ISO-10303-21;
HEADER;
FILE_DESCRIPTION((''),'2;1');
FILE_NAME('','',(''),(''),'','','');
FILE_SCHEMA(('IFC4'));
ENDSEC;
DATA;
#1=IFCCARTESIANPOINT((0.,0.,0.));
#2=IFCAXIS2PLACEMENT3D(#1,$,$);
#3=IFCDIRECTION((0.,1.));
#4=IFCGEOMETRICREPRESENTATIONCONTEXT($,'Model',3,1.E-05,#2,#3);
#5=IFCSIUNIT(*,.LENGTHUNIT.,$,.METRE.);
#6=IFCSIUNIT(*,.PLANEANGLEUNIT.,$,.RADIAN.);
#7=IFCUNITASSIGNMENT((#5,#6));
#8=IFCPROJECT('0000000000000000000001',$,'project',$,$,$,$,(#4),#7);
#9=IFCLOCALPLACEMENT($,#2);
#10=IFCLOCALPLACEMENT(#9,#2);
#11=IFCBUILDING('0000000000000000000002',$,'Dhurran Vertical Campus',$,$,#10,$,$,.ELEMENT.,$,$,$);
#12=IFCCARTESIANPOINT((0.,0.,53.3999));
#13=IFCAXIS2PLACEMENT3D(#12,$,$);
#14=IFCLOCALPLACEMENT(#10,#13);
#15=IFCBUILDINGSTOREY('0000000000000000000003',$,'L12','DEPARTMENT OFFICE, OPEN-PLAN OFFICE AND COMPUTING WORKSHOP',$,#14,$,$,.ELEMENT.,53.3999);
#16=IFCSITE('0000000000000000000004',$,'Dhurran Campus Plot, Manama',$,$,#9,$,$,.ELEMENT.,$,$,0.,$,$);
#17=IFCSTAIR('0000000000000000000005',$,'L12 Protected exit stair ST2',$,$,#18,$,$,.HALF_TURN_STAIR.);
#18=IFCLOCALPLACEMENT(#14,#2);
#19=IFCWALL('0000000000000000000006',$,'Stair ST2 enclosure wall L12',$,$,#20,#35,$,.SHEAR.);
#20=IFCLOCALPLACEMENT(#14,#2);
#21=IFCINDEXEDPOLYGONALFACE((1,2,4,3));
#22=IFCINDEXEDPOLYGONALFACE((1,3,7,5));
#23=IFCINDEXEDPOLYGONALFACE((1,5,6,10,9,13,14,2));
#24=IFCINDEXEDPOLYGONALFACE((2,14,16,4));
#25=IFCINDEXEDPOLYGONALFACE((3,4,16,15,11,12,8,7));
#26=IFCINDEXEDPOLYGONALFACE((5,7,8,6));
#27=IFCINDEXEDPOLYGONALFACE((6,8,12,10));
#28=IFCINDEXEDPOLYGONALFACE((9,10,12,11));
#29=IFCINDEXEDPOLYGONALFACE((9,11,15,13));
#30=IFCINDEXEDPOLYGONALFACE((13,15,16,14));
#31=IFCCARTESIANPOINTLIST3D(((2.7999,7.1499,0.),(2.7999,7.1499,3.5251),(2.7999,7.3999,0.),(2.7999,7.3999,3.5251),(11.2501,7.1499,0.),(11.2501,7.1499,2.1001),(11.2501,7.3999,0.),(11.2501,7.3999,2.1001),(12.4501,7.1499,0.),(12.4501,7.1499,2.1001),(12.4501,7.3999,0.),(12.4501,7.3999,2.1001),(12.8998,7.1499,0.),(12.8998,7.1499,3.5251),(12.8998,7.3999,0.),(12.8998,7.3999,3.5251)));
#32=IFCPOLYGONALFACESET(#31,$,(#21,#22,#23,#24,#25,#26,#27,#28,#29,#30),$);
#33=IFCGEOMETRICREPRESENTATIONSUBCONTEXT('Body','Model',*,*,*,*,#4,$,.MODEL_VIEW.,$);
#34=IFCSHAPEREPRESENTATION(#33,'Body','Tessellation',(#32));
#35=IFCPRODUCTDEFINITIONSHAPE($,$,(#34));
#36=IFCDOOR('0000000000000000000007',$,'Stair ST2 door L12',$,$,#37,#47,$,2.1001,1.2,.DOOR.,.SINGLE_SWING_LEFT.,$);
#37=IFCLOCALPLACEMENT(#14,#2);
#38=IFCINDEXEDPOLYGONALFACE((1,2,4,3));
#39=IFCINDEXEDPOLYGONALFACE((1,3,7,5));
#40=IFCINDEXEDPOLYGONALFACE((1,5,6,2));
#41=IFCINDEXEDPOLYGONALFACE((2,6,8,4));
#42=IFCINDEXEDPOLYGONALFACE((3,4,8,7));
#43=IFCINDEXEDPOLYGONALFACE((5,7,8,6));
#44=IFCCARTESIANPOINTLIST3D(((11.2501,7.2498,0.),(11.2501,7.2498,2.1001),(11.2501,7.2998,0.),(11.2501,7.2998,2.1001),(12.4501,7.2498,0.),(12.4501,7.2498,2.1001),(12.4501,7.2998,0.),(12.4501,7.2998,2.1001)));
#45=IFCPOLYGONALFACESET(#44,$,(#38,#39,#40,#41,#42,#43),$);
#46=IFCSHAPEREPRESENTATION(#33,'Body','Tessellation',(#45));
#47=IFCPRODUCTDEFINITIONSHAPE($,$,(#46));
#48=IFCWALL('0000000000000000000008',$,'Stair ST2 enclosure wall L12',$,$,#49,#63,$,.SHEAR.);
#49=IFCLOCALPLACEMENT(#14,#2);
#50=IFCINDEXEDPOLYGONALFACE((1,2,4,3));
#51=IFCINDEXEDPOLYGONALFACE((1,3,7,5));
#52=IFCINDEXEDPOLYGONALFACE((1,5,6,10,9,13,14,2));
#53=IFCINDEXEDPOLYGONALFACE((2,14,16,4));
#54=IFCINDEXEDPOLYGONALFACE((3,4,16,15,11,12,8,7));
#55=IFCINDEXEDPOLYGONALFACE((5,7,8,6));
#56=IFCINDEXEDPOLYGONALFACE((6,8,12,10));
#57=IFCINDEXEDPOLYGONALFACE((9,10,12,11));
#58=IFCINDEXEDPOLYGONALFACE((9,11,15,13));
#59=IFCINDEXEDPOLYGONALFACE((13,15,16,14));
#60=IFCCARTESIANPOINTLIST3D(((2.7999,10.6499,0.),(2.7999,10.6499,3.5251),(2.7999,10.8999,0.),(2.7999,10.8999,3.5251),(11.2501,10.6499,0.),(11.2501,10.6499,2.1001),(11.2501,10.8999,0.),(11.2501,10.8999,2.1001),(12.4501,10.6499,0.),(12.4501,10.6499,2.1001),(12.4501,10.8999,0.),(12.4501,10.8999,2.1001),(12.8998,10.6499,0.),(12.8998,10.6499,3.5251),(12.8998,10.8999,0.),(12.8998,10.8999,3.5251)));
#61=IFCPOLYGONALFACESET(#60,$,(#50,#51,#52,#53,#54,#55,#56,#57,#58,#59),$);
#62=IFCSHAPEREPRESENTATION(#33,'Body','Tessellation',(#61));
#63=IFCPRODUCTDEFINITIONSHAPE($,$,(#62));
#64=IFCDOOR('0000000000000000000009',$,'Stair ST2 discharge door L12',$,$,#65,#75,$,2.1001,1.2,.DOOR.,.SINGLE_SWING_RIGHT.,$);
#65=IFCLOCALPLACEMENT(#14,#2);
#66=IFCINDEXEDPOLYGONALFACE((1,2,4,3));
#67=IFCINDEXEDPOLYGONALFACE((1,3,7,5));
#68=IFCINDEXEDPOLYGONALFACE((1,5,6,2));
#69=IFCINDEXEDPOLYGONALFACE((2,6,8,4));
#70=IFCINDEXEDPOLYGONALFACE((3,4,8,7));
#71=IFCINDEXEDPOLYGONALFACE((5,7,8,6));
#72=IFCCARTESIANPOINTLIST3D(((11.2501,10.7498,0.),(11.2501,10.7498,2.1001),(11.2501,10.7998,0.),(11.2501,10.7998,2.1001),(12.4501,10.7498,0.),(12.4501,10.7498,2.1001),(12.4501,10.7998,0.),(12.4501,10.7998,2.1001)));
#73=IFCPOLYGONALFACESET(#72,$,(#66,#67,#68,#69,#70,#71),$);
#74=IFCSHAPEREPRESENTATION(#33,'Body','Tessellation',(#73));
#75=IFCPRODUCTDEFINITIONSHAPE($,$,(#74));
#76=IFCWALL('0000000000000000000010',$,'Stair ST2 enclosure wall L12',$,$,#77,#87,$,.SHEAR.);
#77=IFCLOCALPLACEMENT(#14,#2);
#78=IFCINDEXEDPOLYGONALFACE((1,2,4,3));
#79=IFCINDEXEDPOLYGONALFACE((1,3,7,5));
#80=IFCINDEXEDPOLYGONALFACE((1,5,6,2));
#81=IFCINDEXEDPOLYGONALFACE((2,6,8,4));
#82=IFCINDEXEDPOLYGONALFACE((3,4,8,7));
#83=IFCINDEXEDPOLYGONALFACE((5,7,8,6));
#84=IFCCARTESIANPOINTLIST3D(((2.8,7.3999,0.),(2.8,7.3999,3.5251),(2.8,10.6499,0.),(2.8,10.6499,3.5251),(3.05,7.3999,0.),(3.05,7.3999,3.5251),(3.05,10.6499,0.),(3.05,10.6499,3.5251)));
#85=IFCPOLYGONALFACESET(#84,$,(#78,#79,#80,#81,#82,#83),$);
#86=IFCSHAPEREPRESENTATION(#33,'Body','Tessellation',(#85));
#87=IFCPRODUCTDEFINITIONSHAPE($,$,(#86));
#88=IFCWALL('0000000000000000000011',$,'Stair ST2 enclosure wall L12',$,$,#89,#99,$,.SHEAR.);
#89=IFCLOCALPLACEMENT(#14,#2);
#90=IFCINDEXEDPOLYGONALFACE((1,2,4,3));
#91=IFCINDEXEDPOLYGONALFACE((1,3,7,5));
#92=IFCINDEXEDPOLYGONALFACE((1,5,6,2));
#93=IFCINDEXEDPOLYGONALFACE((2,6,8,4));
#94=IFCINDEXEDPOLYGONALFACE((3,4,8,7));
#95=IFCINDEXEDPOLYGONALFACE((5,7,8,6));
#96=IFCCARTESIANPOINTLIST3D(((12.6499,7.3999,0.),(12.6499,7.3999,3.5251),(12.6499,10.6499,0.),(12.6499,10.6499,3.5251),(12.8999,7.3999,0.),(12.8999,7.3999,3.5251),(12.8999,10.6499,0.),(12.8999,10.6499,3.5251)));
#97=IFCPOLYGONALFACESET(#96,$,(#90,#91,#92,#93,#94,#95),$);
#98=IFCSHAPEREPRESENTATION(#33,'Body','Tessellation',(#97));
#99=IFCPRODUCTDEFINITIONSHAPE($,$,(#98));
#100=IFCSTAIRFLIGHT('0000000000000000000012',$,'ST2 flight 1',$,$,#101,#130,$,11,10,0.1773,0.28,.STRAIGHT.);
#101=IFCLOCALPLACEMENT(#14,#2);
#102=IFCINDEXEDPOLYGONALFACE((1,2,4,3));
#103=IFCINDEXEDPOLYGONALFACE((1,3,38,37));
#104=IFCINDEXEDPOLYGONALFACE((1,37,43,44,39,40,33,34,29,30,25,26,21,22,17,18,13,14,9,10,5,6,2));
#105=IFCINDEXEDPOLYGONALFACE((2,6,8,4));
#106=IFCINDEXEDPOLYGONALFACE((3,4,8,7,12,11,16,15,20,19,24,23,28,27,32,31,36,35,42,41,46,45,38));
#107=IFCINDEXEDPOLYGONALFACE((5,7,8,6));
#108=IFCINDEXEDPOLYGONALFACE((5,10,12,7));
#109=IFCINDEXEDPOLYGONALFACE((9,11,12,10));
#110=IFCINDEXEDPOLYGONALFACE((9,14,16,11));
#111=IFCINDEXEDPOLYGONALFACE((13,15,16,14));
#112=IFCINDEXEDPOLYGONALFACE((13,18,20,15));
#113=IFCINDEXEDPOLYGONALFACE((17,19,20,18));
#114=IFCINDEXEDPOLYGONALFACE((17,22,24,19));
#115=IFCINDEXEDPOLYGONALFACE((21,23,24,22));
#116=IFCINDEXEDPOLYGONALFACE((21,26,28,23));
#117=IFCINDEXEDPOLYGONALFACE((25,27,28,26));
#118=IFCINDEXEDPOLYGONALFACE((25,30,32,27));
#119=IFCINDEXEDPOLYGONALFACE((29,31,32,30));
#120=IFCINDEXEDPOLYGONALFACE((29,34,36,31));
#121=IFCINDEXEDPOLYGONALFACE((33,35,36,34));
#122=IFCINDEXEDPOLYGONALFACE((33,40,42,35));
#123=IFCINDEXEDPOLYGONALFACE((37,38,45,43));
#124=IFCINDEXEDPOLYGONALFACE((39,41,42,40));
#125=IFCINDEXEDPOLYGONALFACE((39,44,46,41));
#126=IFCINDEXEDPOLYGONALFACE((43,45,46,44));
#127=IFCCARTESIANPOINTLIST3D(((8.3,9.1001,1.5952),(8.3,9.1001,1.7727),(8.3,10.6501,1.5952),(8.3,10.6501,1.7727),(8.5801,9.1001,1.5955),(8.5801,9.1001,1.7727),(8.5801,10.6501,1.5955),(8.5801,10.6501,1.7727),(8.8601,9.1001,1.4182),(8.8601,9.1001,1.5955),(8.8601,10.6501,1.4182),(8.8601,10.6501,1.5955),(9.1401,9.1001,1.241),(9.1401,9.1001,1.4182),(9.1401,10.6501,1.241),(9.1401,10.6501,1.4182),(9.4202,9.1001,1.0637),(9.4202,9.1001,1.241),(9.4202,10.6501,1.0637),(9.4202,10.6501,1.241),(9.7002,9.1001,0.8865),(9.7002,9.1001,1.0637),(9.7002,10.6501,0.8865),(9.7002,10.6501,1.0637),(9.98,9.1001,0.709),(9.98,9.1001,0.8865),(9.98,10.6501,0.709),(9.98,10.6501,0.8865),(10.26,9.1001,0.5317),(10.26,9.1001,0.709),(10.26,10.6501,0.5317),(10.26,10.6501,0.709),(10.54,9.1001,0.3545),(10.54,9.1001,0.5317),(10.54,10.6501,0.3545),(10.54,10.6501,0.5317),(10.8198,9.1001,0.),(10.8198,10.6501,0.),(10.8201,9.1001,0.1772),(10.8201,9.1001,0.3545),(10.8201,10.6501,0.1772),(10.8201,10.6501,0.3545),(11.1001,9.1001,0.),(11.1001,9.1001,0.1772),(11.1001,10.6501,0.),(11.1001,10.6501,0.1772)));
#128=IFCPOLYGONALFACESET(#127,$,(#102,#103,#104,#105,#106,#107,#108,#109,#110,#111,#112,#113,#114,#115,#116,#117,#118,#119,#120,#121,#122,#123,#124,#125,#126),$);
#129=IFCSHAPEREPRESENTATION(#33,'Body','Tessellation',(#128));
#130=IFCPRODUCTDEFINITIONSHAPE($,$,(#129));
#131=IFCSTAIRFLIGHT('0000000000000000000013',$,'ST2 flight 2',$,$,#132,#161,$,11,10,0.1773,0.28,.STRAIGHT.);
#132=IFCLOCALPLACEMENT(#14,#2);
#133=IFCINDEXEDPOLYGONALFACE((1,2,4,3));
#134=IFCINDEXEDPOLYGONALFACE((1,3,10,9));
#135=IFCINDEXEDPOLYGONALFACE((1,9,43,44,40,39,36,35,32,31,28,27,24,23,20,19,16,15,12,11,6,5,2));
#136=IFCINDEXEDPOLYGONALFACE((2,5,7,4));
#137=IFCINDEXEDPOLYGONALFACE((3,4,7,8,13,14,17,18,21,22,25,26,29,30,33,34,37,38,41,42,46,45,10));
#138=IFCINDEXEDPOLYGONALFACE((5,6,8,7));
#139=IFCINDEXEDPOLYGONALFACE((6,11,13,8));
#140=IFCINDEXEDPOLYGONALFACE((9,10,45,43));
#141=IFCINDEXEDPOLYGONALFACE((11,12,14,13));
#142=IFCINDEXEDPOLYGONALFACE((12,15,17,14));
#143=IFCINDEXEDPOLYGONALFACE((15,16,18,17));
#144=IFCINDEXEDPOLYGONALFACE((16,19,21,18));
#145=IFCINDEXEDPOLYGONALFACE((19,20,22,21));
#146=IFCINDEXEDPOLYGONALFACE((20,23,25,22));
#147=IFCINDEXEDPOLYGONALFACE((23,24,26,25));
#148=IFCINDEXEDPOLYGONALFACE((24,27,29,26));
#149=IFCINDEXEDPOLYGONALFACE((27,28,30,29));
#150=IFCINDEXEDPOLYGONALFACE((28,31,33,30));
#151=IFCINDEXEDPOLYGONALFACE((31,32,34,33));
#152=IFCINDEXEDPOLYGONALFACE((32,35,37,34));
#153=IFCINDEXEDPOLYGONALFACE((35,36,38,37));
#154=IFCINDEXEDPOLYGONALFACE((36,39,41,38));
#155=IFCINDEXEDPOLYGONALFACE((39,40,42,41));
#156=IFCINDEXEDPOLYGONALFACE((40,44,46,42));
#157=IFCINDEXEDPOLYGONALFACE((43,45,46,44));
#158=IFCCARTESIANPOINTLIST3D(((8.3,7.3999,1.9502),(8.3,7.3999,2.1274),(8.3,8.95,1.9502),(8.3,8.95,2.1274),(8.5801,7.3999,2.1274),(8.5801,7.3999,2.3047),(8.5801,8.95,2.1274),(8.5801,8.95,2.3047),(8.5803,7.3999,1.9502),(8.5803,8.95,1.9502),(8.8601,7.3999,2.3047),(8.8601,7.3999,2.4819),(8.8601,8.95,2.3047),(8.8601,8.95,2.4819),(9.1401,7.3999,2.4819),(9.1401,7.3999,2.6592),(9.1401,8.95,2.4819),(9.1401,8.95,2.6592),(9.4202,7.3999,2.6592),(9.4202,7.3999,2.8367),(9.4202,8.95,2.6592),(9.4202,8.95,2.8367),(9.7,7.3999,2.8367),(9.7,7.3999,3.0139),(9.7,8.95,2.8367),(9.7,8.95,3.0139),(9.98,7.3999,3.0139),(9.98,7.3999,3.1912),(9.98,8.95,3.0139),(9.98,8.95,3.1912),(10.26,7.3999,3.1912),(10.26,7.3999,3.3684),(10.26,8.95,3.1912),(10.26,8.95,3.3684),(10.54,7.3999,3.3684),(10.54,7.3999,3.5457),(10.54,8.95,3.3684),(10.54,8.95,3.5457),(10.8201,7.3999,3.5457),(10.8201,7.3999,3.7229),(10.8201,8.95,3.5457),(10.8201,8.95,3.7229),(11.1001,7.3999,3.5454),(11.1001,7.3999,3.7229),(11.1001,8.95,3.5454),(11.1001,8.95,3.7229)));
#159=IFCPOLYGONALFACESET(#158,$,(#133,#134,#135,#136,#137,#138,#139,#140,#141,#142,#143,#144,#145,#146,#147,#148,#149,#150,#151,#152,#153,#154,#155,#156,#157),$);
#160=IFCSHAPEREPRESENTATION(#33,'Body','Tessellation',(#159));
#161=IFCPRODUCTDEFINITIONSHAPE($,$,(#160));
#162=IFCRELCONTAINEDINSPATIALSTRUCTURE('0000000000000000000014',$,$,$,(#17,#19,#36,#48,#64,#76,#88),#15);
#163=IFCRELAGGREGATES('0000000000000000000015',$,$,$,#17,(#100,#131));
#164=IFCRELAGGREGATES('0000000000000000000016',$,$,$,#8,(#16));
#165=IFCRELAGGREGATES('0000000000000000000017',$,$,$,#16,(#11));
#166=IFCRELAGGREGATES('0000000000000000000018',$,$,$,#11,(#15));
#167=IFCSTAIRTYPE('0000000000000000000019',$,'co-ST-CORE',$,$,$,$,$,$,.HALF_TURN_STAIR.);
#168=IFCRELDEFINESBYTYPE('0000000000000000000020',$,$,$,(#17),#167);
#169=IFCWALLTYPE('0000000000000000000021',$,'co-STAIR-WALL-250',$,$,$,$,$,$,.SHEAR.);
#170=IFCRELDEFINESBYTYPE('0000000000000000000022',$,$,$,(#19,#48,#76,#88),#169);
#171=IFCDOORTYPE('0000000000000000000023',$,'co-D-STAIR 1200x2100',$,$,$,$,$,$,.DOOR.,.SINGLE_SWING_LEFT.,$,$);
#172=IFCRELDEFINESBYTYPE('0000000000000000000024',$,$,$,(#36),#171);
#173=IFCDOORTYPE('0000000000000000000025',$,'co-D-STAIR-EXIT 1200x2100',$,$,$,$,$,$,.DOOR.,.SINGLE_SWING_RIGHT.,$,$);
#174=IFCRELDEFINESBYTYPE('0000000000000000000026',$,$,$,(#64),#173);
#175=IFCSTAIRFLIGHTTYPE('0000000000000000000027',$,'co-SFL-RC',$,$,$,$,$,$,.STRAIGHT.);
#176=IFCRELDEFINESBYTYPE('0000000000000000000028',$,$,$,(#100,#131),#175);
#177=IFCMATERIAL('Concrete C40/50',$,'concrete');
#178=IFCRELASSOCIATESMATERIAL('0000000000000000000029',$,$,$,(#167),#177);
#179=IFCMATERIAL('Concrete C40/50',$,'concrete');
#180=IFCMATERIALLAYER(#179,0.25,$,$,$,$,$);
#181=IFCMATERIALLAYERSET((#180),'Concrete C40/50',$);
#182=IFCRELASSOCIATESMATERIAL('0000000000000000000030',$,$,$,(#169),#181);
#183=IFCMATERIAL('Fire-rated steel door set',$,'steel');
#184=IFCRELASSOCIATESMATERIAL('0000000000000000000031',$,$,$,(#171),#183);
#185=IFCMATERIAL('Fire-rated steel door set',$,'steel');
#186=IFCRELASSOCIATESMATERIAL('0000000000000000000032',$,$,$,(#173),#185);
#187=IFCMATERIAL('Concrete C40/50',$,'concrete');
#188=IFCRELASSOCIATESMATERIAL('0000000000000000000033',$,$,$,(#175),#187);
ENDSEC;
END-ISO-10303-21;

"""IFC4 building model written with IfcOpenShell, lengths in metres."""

from ifc_helpers import new_model, si_unit, direction, frame, frame_2d, origin, place, context, subcontext, project, spatial, polyline, rectangle, outline, extrude, material, layer, layer_set, type_object, element, fill, aggregate, save


model = new_model("IFC4")

# Units and contexts
model_context = context("Model", 3, precision=1e-05, world=origin(), true_north=direction((0.0, 1.0)))
body_context = subcontext(model_context, "Body", "Model", "MODEL_VIEW")
ifc_project = project(units=[si_unit("LENGTHUNIT", "METRE"), si_unit("PLANEANGLEUNIT", "RADIAN")], contexts=[model_context])

# Site, building, storey
site_placement = place(None, origin())
site = spatial("IfcSite", under=ifc_project, at=site_placement, Name="Dhurran Campus Plot, Manama", CompositionType="ELEMENT", RefElevation=0.0)
building_placement = place(site_placement, origin())
building = spatial("IfcBuilding", under=site, at=building_placement, Name="Dhurran Vertical Campus", CompositionType="ELEMENT")
storey_placement = place(building_placement, frame((0.0, 0.0, 53.3999)))
storey = spatial("IfcBuildingStorey", under=building, at=storey_placement, Name="L12", Description="DEPARTMENT OFFICE, OPEN-PLAN OFFICE AND COMPUTING WORKSHOP", CompositionType="ELEMENT", Elevation=53.3999)

# Stair
ifc_material_1 = material(Name="Concrete C40/50", Category="concrete")
stair_type = type_object("IfcStairType", Name="co-ST-CORE", PredefinedType="HALF_TURN_STAIR", material=ifc_material_1)
stair_1_placement = place(storey_placement, origin())
stair_1 = element("IfcStair", 1, at=stair_1_placement, inside=storey, type_object=stair_type, Name="L12 Protected exit stair ST2", PredefinedType="HALF_TURN_STAIR")

# Walls, openings, doors
ifc_material_2 = material(Name="Concrete C40/50", Category="concrete")
ifc_layer_1 = layer(ifc_material_2, 0.25)
ifc_layer_set_1 = layer_set([ifc_layer_1], Name="Concrete C40/50")
wall_type_1 = type_object("IfcWallType", Name="co-STAIR-WALL-250", PredefinedType="SHEAR", material=ifc_layer_set_1)
wall_1_placement = place(storey_placement, frame((2.8, 7.2749, 0.0), z_axis=(0.0, 0.0, 1.0), x_axis=(1.0, 0.0, 0.0)))
wall_1 = element("IfcWall", 2, at=wall_1_placement, inside=storey, type_object=wall_type_1, Name="Stair ST2 enclosure wall L12", PredefinedType="SHEAR", context=body_context, shape_type="SweptSolid", body=[
    extrude(rectangle(XDim=10.0999, YDim=0.25, at=frame_2d((5.0498, 0.0))), origin(), (0.0, 0.0, 1.0), 3.5251),
])
opening_1_placement = place(wall_1_placement, frame((8.45, 0.0, 0.0)))
opening_1 = element("IfcOpeningElement", 3, at=opening_1_placement, cuts=wall_1, PredefinedType="OPENING", context=body_context, shape_type="SweptSolid", body=[
    extrude(rectangle(XDim=1.2, YDim=2.1001, at=frame_2d((0.6001, 1.05))), frame((0.0, 0.135, 0.0), z_axis=(0.0, -1.0, 0.0), x_axis=(1.0, 0.0, 0.0)), (0.0, 0.0, 1.0), 0.27),
])
ifc_material_3 = material(Name="Fire-rated steel door set", Category="steel")
door_type_1 = type_object("IfcDoorType", Name="co-D-STAIR 1200x2100", OperationType="SINGLE_SWING_LEFT", PredefinedType="DOOR", material=ifc_material_3)
door_1_placement = place(opening_1_placement, origin())
door_1 = element("IfcDoor", 4, at=door_1_placement, inside=storey, type_object=door_type_1, Name="Stair ST2 door L12", OperationType="SINGLE_SWING_LEFT", OverallHeight=2.1001, OverallWidth=1.2, PredefinedType="DOOR", context=body_context, shape_type="SweptSolid", body=[
    extrude(rectangle(XDim=1.2, YDim=2.1001, at=frame_2d((0.6001, 1.05))), frame((0.0, 0.0249, 0.0), z_axis=(0.0, -1.0, 0.0), x_axis=(1.0, 0.0, 0.0)), (0.0, 0.0, 1.0), 0.05),
])
fill(opening_1, door_1)
wall_2_placement = place(storey_placement, frame((2.8, 10.7749, 0.0), z_axis=(0.0, 0.0, 1.0), x_axis=(1.0, 0.0, 0.0)))
wall_2 = element("IfcWall", 5, at=wall_2_placement, inside=storey, type_object=wall_type_1, Name="Stair ST2 enclosure wall L12", PredefinedType="SHEAR", context=body_context, shape_type="SweptSolid", body=[
    extrude(rectangle(XDim=10.0999, YDim=0.25, at=frame_2d((5.0498, 0.0))), origin(), (0.0, 0.0, 1.0), 3.5251),
])
opening_2_placement = place(wall_2_placement, frame((8.45, 0.0, 0.0)))
opening_2 = element("IfcOpeningElement", 6, at=opening_2_placement, cuts=wall_2, PredefinedType="OPENING", context=body_context, shape_type="SweptSolid", body=[
    extrude(rectangle(XDim=1.2, YDim=2.1001, at=frame_2d((0.6001, 1.05))), frame((0.0, 0.135, 0.0), z_axis=(0.0, -1.0, 0.0), x_axis=(1.0, 0.0, 0.0)), (0.0, 0.0, 1.0), 0.27),
])
ifc_material_4 = material(Name="Fire-rated steel door set", Category="steel")
door_type_2 = type_object("IfcDoorType", Name="co-D-STAIR-EXIT 1200x2100", OperationType="SINGLE_SWING_RIGHT", PredefinedType="DOOR", material=ifc_material_4)
door_2_placement = place(opening_2_placement, origin())
door_2 = element("IfcDoor", 7, at=door_2_placement, inside=storey, type_object=door_type_2, Name="Stair ST2 discharge door L12", OperationType="SINGLE_SWING_RIGHT", OverallHeight=2.1001, OverallWidth=1.2, PredefinedType="DOOR", context=body_context, shape_type="SweptSolid", body=[
    extrude(rectangle(XDim=1.2, YDim=2.1001, at=frame_2d((0.6001, 1.05))), frame((0.0, 0.0249, 0.0), z_axis=(0.0, -1.0, 0.0), x_axis=(1.0, 0.0, 0.0)), (0.0, 0.0, 1.0), 0.05),
])
fill(opening_2, door_2)

# Walls
for number, where, z_axis, x_axis, name in (
    (8, (2.925, 7.3999, 0.0), (0.0, 0.0, 1.0), (0.0, 1.0, 0.0), "Stair ST2 enclosure wall L12"),
    (9, (12.7749, 7.3999, 0.0), (0.0, 0.0, 1.0), (0.0, 1.0, 0.0), "Stair ST2 enclosure wall L12"),
):
    element("IfcWall", number, at=place(storey_placement, frame(where, z_axis=z_axis, x_axis=x_axis)), inside=storey, type_object=wall_type_1, Name=name, PredefinedType="SHEAR", context=body_context, shape_type="SweptSolid", body=[
        extrude(rectangle(XDim=3.25, YDim=0.25, at=frame_2d((1.625, 0.0))), origin(), (0.0, 0.0, 1.0), 3.5251),
    ])

# Stair flights
ifc_material_5 = material(Name="Concrete C40/50", Category="concrete")
stair_flight_type = type_object("IfcStairFlightType", Name="co-SFL-RC", PredefinedType="STRAIGHT", material=ifc_material_5)
stair_flight_1_placement = place(storey_placement, frame((11.1001, 9.875, 0.0), z_axis=(0.0, 0.0, 1.0), x_axis=(-1.0, 0.0, 0.0)))
stair_flight_1 = element("IfcStairFlight", 10, at=stair_flight_1_placement, type_object=stair_flight_type, Name="ST2 flight 1", NumberOfRisers=11, NumberOfTreads=10, PredefinedType="STRAIGHT", RiserHeight=0.1773, TreadLength=0.28, context=body_context, shape_type="SweptSolid", body=[
    extrude(outline(polyline([(0.0, 0.0), (0.0, 0.1772), (0.28, 0.1772), (0.28, 0.3545), (0.5601, 0.3545), (0.5601, 0.5317), (0.8401, 0.5317), (0.8401, 0.709), (1.1201, 0.709), (1.1201, 0.8865), (1.3999, 0.8865), (1.3999, 1.0637), (1.6799, 1.0637), (1.6799, 1.241), (1.96, 1.241), (1.96, 1.4182), (2.24, 1.4182), (2.24, 1.5955), (2.52, 1.5955), (2.52, 1.7727), (2.8, 1.7727), (2.8, 1.95), (2.8, 1.5952), (0.2803, 0.0), (0.0, 0.0)])), frame((0.0, 0.7749, 0.0), z_axis=(0.0, -1.0, 0.0), x_axis=(1.0, 0.0, 0.0)), (0.0, 0.0, 1.0), 1.55),
])
stair_flight_2_placement = place(storey_placement, frame((8.3, 8.175, 1.9502), z_axis=(0.0, 0.0, 1.0), x_axis=(1.0, 0.0, 0.0)))
stair_flight_2 = element("IfcStairFlight", 11, at=stair_flight_2_placement, type_object=stair_flight_type, Name="ST2 flight 2", NumberOfRisers=11, NumberOfTreads=10, PredefinedType="STRAIGHT", RiserHeight=0.1773, TreadLength=0.28, context=body_context, shape_type="SweptSolid", body=[
    extrude(outline(polyline([(0.0, 0.0), (0.0, 0.1772), (0.28, 0.1772), (0.28, 0.3545), (0.5601, 0.3545), (0.5601, 0.5317), (0.8401, 0.5317), (0.8401, 0.709), (1.1201, 0.709), (1.1201, 0.8865), (1.3999, 0.8865), (1.3999, 1.0637), (1.6799, 1.0637), (1.6799, 1.241), (1.96, 1.241), (1.96, 1.4182), (2.24, 1.4182), (2.24, 1.5955), (2.52, 1.5955), (2.52, 1.7727), (2.8, 1.7727), (2.8, 1.95), (2.8, 1.5952), (0.2803, 0.0), (0.0, 0.0)])), frame((0.0, 0.7749, 0.0), z_axis=(0.0, -1.0, 0.0), x_axis=(1.0, 0.0, 0.0)), (0.0, 0.0, 1.0), 1.55),
])
aggregate(stair_1, [stair_flight_1, stair_flight_2])

save(model, "model.ifc")
